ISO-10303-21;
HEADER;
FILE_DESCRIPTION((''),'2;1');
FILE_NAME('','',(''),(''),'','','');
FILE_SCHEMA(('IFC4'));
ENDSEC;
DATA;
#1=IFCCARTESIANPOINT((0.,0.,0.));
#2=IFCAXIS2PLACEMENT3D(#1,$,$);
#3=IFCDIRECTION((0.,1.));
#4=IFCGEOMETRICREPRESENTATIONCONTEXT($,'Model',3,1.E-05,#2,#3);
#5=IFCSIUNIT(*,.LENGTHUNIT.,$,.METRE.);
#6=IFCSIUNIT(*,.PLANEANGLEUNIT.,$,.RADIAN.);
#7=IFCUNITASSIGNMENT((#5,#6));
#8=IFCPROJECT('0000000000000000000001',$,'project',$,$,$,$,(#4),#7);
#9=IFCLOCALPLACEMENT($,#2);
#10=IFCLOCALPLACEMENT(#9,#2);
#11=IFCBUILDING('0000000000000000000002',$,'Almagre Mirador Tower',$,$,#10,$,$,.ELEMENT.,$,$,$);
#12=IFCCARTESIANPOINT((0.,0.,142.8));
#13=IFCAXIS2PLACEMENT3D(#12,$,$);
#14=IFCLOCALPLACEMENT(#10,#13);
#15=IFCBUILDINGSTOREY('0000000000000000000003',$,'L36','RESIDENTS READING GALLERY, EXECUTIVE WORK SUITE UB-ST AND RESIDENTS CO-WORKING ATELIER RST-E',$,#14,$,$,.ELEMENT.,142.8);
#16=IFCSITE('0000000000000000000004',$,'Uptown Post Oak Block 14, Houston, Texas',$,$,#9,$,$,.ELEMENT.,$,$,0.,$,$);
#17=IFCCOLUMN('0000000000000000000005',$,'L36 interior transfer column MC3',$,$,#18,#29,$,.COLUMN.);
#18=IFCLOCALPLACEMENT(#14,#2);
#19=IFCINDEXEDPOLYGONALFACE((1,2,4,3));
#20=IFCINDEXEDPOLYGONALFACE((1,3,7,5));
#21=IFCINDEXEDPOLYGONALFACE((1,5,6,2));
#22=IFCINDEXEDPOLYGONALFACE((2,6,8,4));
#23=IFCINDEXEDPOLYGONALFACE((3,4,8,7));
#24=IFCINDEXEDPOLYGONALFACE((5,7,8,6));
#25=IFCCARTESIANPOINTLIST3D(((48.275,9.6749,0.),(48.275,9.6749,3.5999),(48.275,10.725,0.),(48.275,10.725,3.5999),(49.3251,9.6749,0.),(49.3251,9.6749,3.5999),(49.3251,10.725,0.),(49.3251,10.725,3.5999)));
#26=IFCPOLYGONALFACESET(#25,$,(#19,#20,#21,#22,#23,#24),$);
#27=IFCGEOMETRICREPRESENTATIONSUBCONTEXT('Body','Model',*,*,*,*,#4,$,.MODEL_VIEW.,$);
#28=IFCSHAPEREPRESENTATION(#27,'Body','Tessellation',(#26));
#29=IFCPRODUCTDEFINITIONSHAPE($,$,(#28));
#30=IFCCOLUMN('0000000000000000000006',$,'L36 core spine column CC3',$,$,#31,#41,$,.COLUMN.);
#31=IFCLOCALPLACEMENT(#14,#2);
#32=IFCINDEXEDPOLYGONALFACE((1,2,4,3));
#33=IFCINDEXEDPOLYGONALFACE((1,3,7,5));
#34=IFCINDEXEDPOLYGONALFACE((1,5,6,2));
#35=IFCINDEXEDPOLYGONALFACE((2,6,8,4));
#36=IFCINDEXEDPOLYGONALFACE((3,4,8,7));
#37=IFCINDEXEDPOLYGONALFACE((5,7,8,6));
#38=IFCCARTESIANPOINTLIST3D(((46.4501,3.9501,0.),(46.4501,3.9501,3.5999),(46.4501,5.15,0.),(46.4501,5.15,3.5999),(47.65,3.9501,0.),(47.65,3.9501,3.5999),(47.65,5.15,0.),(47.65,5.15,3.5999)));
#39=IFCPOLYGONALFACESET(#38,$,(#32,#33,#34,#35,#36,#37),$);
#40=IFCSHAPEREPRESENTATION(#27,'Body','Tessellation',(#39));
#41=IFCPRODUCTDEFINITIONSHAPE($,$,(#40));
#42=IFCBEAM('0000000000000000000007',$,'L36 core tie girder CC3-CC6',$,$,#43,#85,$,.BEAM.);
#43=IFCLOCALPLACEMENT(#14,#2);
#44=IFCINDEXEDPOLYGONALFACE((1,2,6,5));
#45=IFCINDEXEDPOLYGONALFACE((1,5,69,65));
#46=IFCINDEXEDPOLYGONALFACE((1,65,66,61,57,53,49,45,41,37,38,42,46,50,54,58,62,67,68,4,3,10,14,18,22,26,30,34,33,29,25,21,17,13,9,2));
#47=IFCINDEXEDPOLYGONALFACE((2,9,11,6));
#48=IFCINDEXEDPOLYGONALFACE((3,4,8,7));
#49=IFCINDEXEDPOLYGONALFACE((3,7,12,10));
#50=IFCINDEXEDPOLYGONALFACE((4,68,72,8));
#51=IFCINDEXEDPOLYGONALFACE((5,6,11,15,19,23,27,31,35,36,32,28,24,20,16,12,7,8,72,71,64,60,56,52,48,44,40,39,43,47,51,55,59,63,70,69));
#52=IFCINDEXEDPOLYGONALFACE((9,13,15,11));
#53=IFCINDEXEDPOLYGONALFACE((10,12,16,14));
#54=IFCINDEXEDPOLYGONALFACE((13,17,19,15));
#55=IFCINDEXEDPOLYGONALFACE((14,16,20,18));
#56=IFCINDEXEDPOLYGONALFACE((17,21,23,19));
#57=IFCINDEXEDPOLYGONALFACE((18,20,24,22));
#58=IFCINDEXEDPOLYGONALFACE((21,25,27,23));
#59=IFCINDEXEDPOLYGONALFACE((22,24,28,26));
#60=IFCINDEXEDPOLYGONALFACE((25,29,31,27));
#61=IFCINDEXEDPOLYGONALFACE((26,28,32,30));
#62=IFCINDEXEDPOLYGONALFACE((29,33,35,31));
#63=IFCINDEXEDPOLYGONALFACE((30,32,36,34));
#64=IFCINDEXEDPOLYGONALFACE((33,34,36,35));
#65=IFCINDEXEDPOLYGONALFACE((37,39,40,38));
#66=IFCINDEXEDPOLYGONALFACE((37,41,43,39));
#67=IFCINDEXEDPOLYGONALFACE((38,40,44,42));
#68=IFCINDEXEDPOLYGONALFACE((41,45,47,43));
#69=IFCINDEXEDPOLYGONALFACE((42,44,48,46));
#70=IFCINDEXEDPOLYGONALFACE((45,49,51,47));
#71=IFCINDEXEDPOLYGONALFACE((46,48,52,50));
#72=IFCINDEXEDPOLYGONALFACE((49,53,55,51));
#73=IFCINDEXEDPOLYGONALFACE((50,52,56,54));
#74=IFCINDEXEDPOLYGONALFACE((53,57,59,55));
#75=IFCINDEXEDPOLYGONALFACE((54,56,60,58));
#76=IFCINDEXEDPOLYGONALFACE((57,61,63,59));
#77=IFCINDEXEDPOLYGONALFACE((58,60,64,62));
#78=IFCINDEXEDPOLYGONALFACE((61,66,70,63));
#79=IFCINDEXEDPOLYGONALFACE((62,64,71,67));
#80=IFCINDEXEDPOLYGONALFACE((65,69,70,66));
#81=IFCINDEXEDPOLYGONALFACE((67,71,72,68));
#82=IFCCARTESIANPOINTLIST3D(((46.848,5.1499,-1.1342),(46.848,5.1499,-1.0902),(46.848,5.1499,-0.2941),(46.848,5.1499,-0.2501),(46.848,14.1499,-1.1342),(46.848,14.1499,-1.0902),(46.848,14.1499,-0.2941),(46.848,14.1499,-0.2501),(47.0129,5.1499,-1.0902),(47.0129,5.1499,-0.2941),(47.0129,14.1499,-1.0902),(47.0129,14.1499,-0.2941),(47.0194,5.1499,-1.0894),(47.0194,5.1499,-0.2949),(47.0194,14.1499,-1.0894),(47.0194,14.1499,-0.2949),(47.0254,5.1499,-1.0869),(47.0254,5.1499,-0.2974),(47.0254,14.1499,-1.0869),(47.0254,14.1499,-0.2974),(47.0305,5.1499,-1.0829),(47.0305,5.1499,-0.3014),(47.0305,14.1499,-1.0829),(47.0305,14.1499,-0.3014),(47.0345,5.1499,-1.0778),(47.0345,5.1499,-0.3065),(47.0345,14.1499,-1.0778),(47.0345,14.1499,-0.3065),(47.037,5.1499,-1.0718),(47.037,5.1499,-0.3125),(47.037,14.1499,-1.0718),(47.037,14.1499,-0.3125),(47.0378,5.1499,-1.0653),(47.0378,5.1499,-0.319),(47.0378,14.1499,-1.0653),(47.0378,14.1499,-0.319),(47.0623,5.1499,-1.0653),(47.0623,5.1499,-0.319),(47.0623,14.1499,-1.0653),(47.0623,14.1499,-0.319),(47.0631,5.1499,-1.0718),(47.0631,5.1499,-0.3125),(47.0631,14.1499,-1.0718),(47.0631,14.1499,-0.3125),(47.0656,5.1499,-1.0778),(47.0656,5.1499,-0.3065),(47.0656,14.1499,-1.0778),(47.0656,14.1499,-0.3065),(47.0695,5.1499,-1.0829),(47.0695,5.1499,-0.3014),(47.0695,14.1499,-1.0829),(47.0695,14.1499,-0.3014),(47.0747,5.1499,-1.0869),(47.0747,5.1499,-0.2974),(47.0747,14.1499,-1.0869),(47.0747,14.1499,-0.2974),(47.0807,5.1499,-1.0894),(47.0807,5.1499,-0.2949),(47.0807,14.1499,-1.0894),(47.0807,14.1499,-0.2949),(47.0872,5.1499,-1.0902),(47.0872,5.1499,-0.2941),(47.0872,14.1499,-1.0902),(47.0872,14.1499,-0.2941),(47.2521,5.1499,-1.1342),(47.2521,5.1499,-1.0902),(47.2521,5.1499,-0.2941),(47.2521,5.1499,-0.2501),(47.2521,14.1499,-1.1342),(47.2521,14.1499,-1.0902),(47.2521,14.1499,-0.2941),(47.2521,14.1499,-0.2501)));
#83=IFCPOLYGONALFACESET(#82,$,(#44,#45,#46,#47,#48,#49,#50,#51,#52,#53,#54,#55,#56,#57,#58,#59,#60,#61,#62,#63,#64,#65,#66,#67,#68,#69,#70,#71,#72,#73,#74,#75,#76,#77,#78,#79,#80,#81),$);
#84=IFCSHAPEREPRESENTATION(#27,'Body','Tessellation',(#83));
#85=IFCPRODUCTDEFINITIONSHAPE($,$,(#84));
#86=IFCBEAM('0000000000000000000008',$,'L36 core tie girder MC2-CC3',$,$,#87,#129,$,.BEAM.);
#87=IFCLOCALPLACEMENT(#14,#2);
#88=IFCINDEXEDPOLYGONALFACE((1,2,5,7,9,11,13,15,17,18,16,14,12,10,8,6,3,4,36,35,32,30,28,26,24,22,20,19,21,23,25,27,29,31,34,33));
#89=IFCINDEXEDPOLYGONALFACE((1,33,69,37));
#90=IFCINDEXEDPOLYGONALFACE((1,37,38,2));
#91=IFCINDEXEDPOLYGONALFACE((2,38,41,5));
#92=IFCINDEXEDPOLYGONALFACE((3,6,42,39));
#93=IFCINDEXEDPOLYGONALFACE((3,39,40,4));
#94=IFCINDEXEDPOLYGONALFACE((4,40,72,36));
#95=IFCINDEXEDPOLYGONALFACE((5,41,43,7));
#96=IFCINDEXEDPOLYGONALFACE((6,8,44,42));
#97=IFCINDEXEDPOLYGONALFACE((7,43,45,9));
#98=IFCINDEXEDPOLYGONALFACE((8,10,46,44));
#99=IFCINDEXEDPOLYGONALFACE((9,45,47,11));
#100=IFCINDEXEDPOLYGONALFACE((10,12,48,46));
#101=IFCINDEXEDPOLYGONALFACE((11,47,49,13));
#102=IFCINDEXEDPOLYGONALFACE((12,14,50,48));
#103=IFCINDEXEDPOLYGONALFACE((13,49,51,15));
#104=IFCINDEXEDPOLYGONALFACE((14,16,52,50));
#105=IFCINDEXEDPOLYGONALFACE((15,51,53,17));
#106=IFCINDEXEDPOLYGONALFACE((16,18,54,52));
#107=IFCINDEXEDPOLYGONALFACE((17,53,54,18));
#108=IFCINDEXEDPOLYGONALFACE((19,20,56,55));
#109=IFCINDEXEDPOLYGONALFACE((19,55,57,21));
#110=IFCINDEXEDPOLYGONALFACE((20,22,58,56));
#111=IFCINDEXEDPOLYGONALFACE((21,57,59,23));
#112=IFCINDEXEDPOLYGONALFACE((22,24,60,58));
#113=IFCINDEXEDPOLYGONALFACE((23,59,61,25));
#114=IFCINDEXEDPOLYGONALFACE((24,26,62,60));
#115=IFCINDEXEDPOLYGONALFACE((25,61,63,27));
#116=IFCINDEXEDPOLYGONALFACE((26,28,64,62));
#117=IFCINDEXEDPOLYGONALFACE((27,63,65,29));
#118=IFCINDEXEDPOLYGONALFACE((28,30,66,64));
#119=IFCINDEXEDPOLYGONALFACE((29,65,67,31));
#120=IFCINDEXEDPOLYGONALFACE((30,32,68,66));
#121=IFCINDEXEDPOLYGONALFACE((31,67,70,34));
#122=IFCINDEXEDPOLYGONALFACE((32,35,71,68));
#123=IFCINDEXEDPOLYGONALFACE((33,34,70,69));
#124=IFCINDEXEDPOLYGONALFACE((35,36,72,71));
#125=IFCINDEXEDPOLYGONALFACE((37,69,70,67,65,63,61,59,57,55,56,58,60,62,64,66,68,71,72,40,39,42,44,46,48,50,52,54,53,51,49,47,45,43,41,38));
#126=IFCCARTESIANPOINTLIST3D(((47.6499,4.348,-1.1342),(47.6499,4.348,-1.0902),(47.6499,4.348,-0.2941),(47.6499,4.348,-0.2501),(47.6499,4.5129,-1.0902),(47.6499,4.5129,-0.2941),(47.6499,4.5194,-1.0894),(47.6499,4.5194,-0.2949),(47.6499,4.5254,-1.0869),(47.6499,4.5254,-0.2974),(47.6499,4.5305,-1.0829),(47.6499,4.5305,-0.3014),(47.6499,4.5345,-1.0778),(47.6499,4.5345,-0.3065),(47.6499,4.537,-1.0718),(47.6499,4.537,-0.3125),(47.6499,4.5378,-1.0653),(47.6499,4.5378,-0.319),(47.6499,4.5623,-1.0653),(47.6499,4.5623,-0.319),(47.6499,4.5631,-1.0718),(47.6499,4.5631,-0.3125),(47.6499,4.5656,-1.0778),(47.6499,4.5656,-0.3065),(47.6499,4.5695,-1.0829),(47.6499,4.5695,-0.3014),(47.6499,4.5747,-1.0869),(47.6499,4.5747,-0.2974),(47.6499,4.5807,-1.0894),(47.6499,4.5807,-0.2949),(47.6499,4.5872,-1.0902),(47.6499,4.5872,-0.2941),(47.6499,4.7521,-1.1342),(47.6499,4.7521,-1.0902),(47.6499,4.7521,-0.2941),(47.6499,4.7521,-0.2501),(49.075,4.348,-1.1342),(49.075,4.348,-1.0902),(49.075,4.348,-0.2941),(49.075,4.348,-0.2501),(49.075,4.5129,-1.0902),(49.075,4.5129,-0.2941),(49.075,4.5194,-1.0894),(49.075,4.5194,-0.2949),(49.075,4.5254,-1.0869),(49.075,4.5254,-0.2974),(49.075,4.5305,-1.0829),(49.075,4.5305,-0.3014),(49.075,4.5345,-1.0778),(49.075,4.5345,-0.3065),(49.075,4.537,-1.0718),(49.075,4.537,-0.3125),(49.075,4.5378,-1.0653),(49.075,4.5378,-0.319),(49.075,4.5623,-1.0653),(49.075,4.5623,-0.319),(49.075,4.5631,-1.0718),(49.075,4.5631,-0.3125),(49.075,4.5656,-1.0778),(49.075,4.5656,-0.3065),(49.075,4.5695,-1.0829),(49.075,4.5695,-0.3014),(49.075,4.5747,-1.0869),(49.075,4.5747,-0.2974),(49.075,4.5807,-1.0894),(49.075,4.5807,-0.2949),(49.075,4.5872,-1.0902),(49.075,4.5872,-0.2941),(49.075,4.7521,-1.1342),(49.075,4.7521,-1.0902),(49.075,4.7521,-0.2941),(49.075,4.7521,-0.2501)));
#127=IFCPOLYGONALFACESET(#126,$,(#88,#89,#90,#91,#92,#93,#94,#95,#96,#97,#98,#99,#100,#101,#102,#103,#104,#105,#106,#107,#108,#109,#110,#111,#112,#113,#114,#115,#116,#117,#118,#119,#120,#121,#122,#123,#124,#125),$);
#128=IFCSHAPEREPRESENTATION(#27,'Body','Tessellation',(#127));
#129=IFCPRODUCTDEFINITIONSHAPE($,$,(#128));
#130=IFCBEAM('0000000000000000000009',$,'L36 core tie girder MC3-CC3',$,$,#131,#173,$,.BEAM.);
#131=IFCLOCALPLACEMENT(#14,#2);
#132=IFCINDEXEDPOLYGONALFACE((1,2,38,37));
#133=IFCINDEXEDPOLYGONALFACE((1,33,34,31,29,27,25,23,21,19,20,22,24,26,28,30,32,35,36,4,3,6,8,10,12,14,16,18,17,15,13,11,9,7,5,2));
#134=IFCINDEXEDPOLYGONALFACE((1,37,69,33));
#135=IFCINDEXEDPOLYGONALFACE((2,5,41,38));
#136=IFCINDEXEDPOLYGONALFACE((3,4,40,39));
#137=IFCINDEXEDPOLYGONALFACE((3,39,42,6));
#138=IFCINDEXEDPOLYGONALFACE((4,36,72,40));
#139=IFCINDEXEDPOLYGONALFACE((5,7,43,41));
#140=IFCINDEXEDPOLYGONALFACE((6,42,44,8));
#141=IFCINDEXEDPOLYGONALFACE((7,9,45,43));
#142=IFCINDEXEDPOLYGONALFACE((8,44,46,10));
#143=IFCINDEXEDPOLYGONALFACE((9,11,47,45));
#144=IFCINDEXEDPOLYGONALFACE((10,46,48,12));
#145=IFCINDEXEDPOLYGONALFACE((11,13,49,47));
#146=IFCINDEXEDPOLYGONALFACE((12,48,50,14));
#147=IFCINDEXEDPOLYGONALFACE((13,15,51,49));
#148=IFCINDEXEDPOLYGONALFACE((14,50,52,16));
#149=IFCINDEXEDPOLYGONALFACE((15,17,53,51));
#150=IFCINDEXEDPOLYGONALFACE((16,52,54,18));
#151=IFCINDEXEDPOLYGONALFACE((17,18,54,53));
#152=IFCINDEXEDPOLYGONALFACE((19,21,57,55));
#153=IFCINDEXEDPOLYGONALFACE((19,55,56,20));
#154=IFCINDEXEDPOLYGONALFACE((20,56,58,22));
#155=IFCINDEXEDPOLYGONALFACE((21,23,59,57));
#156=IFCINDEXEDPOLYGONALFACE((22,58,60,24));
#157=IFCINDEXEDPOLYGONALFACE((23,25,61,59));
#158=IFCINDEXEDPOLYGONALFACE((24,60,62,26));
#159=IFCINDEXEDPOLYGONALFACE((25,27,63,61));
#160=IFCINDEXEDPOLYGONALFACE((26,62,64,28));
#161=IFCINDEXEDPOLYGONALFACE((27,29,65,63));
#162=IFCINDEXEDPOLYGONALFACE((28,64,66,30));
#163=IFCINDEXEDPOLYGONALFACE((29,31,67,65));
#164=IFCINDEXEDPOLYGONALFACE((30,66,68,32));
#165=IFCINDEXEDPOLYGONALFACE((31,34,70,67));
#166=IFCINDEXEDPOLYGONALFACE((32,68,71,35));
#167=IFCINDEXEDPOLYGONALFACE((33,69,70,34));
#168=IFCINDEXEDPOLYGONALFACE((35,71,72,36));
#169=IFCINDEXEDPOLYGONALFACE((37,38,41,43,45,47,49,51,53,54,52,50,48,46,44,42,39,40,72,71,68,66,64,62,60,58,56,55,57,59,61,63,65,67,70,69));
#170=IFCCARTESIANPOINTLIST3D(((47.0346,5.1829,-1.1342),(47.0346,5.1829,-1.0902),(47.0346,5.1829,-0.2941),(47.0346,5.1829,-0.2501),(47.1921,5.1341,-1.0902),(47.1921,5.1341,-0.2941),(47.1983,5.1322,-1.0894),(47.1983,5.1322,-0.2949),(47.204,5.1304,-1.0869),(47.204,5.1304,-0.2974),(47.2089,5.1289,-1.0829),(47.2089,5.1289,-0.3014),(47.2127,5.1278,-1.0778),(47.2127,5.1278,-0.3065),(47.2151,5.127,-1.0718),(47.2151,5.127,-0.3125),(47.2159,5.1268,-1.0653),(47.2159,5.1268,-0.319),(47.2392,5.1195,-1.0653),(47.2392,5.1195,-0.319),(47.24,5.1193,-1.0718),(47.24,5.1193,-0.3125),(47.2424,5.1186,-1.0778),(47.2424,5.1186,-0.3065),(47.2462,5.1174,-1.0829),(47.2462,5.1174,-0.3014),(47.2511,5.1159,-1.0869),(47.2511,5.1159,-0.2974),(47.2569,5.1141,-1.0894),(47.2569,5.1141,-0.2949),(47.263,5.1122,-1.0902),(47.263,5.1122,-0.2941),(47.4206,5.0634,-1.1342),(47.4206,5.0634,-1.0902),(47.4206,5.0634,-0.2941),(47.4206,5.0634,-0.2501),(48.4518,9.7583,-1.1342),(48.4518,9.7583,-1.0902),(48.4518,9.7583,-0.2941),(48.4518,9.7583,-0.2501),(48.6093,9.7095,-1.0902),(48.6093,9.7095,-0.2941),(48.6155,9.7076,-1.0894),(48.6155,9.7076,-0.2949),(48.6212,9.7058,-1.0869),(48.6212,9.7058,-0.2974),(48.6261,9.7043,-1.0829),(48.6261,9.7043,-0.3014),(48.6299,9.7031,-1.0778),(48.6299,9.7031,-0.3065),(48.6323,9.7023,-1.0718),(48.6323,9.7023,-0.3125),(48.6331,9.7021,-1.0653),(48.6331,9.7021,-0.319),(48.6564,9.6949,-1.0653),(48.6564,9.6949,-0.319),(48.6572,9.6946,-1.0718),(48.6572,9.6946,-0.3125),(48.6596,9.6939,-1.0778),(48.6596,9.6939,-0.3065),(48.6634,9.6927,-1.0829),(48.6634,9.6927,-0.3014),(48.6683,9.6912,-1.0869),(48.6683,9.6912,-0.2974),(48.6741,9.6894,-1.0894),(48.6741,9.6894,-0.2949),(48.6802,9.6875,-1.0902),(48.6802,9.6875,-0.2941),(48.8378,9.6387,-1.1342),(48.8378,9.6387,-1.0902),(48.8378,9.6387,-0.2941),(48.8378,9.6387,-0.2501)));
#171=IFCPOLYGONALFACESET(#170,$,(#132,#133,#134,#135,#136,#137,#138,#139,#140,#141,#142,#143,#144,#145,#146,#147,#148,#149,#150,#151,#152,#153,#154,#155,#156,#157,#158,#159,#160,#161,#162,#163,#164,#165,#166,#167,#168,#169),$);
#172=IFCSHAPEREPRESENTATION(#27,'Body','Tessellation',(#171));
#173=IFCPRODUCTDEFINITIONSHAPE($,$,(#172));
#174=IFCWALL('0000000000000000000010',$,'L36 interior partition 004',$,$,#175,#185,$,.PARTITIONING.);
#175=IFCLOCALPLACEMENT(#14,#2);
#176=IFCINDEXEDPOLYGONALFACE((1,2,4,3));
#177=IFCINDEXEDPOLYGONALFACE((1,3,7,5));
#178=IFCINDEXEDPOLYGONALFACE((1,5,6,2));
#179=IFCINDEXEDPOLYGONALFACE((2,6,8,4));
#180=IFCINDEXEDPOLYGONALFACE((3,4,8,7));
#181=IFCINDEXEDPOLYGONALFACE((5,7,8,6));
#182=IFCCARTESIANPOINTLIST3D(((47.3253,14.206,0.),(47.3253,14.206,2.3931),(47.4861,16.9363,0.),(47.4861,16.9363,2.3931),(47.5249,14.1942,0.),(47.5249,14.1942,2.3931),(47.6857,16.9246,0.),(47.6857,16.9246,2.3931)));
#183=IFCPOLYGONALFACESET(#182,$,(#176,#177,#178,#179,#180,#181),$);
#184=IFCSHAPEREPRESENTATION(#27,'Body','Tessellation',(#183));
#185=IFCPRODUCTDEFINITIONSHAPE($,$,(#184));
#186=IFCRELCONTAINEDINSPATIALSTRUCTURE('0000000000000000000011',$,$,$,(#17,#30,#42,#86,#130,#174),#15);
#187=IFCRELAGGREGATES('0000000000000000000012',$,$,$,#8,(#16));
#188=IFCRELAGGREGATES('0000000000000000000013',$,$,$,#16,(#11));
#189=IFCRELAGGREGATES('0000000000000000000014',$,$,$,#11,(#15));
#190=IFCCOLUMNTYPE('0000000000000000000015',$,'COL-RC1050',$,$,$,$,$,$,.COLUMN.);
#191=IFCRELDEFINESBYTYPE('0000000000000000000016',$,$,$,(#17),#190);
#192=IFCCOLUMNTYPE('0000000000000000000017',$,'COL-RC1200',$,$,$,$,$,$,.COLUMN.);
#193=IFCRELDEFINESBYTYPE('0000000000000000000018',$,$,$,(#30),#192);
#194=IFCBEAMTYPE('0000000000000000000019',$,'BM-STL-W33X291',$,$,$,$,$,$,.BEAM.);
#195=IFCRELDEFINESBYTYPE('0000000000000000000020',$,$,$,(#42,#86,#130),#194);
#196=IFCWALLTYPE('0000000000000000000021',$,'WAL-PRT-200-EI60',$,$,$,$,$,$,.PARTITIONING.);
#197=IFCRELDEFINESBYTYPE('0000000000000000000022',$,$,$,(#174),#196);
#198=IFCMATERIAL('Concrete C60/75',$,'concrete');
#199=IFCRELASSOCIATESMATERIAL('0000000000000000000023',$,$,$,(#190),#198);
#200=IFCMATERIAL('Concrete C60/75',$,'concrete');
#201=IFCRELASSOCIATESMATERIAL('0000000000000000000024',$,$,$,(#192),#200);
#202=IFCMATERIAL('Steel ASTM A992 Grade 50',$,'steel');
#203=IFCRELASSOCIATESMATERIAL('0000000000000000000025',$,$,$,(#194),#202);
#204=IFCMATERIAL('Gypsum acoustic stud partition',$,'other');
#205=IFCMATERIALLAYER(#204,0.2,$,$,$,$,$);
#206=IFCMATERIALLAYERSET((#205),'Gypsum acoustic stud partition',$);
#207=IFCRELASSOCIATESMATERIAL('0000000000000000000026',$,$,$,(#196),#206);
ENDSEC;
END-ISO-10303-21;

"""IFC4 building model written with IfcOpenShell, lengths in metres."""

from ifc_helpers import new_model, si_unit, direction, frame, frame_2d, origin, origin_2d, place, context, subcontext, project, spatial, rectangle, i_section, extrude, material, layer, layer_set, material_profile, profile_set, type_object, element, save


model = new_model("IFC4")

# Units and contexts
model_context = context("Model", 3, precision=1e-05, world=origin(), true_north=direction((0.0, 1.0)))
body_context = subcontext(model_context, "Body", "Model", "MODEL_VIEW")
ifc_project = project(units=[si_unit("LENGTHUNIT", "METRE"), si_unit("PLANEANGLEUNIT", "RADIAN")], contexts=[model_context])

# Site, building, storey
site_placement = place(None, origin())
site = spatial("IfcSite", under=ifc_project, at=site_placement, Name="Uptown Post Oak Block 14, Houston, Texas", CompositionType="ELEMENT", RefElevation=0.0)
building_placement = place(site_placement, origin())
building = spatial("IfcBuilding", under=site, at=building_placement, Name="Almagre Mirador Tower", CompositionType="ELEMENT")
storey_placement = place(building_placement, frame((0.0, 0.0, 142.8)))
storey = spatial("IfcBuildingStorey", under=building, at=storey_placement, Name="L36", Description="RESIDENTS READING GALLERY, EXECUTIVE WORK SUITE UB-ST AND RESIDENTS CO-WORKING ATELIER RST-E", CompositionType="ELEMENT", Elevation=142.8)

# Columns
ifc_material_1 = material(Name="Concrete C60/75", Category="concrete")
ifc_material_profile_1 = material_profile(ifc_material_1, rectangle(XDim=1.05, YDim=1.05, at=origin_2d()), Name="RC1050X1050")
ifc_profile_set_1 = profile_set([ifc_material_profile_1], Name="Concrete C60/75")
column_type_1 = type_object("IfcColumnType", Name="COL-RC1050", PredefinedType="COLUMN", material=ifc_profile_set_1)
column_1_placement = place(storey_placement, frame((48.8, 10.2, 0.0), z_axis=(0.0, 0.0, 1.0), x_axis=(1.0, 0.0, 0.0)))
element("IfcColumn", 1, at=column_1_placement, inside=storey, type_object=column_type_1, Name="L36 interior transfer column MC3", PredefinedType="COLUMN", context=body_context, shape_type="SweptSolid", body=[
    extrude(rectangle(XDim=1.05, YDim=1.05, at=origin_2d()), origin(), (0.0, 0.0, 1.0), 3.5999),
])
ifc_material_2 = material(Name="Concrete C60/75", Category="concrete")
ifc_material_profile_2 = material_profile(ifc_material_2, rectangle(XDim=1.2, YDim=1.2, at=origin_2d()), Name="RC1200X1200")
ifc_profile_set_2 = profile_set([ifc_material_profile_2], Name="Concrete C60/75")
column_type_2 = type_object("IfcColumnType", Name="COL-RC1200", PredefinedType="COLUMN", material=ifc_profile_set_2)
column_2_placement = place(storey_placement, frame((47.05, 4.55, 0.0), z_axis=(0.0, 0.0, 1.0), x_axis=(1.0, 0.0, 0.0)))
element("IfcColumn", 2, at=column_2_placement, inside=storey, type_object=column_type_2, Name="L36 core spine column CC3", PredefinedType="COLUMN", context=body_context, shape_type="SweptSolid", body=[
    extrude(rectangle(XDim=1.2, YDim=1.2, at=origin_2d()), origin(), (0.0, 0.0, 1.0), 3.5999),
])

# Beams
ifc_material_3 = material(Name="Steel ASTM A992 Grade 50", Category="steel")
ifc_material_profile_3 = material_profile(ifc_material_3, i_section(OverallWidth=0.4041, OverallDepth=0.884, WebThickness=0.0244, FlangeThickness=0.0439, FilletRadius=0.0249, at=origin_2d()), Name="W33X291")
ifc_profile_set_3 = profile_set([ifc_material_profile_3], Name="Steel ASTM A992 Grade 50")
beam_type = type_object("IfcBeamType", Name="BM-STL-W33X291", PredefinedType="BEAM", material=ifc_profile_set_3)
beam_1_placement = place(storey_placement, frame((47.05, 5.1499, -0.6921), z_axis=(0.0, 1.0, 0.0), x_axis=(-1.0, 0.0, 0.0)))
element("IfcBeam", 3, at=beam_1_placement, inside=storey, type_object=beam_type, Name="L36 core tie girder CC3-CC6", PredefinedType="BEAM", context=body_context, shape_type="SweptSolid", body=[
    extrude(i_section(OverallWidth=0.4041, OverallDepth=0.884, WebThickness=0.0244, FlangeThickness=0.0439, FilletRadius=0.0249, at=origin_2d()), origin(), (0.0, 0.0, 1.0), 9.0),
])
beam_2_placement = place(storey_placement, frame((49.075, 4.55, -0.6921), z_axis=(-1.0, 0.0, 0.0), x_axis=(0.0, -1.0, 0.0)))
element("IfcBeam", 4, at=beam_2_placement, inside=storey, type_object=beam_type, Name="L36 core tie girder MC2-CC3", PredefinedType="BEAM", context=body_context, shape_type="SweptSolid", body=[
    extrude(i_section(OverallWidth=0.4041, OverallDepth=0.884, WebThickness=0.0244, FlangeThickness=0.0439, FilletRadius=0.0249, at=origin_2d()), origin(), (0.0, 0.0, 1.0), 1.425),
])
beam_3_placement = place(storey_placement, frame((48.6448, 9.6985, -0.6921), z_axis=(-0.29588, -0.955225, 0.0), x_axis=(0.955225, -0.29588, 0.0)))
element("IfcBeam", 5, at=beam_3_placement, inside=storey, type_object=beam_type, Name="L36 core tie girder MC3-CC3", PredefinedType="BEAM", context=body_context, shape_type="SweptSolid", body=[
    extrude(i_section(OverallWidth=0.4041, OverallDepth=0.884, WebThickness=0.0244, FlangeThickness=0.0439, FilletRadius=0.0249, at=origin_2d()), origin(), (0.0, 0.0, 1.0), 4.7898),
])

# Wall
ifc_material_4 = material(Name="Gypsum acoustic stud partition", Category="other")
ifc_layer_1 = layer(ifc_material_4, 0.2)
ifc_layer_set_1 = layer_set([ifc_layer_1], Name="Gypsum acoustic stud partition")
wall_type_1 = type_object("IfcWallType", Name="WAL-PRT-200-EI60", PredefinedType="PARTITIONING", material=ifc_layer_set_1)
wall_1_placement = place(storey_placement, frame((47.425, 14.2, 0.0), z_axis=(0.0, 0.0, 1.0), x_axis=(0.058821, 0.998269, 0.0)))
element("IfcWall", 6, at=wall_1_placement, inside=storey, type_object=wall_type_1, Name="L36 interior partition 004", PredefinedType="PARTITIONING", context=body_context, shape_type="SweptSolid", body=[
    extrude(rectangle(XDim=2.7351, YDim=0.2, at=frame_2d((1.3677, 0.0))), origin(), (0.0, 0.0, 1.0), 2.3931),
])

save(model, "model.ifc")
